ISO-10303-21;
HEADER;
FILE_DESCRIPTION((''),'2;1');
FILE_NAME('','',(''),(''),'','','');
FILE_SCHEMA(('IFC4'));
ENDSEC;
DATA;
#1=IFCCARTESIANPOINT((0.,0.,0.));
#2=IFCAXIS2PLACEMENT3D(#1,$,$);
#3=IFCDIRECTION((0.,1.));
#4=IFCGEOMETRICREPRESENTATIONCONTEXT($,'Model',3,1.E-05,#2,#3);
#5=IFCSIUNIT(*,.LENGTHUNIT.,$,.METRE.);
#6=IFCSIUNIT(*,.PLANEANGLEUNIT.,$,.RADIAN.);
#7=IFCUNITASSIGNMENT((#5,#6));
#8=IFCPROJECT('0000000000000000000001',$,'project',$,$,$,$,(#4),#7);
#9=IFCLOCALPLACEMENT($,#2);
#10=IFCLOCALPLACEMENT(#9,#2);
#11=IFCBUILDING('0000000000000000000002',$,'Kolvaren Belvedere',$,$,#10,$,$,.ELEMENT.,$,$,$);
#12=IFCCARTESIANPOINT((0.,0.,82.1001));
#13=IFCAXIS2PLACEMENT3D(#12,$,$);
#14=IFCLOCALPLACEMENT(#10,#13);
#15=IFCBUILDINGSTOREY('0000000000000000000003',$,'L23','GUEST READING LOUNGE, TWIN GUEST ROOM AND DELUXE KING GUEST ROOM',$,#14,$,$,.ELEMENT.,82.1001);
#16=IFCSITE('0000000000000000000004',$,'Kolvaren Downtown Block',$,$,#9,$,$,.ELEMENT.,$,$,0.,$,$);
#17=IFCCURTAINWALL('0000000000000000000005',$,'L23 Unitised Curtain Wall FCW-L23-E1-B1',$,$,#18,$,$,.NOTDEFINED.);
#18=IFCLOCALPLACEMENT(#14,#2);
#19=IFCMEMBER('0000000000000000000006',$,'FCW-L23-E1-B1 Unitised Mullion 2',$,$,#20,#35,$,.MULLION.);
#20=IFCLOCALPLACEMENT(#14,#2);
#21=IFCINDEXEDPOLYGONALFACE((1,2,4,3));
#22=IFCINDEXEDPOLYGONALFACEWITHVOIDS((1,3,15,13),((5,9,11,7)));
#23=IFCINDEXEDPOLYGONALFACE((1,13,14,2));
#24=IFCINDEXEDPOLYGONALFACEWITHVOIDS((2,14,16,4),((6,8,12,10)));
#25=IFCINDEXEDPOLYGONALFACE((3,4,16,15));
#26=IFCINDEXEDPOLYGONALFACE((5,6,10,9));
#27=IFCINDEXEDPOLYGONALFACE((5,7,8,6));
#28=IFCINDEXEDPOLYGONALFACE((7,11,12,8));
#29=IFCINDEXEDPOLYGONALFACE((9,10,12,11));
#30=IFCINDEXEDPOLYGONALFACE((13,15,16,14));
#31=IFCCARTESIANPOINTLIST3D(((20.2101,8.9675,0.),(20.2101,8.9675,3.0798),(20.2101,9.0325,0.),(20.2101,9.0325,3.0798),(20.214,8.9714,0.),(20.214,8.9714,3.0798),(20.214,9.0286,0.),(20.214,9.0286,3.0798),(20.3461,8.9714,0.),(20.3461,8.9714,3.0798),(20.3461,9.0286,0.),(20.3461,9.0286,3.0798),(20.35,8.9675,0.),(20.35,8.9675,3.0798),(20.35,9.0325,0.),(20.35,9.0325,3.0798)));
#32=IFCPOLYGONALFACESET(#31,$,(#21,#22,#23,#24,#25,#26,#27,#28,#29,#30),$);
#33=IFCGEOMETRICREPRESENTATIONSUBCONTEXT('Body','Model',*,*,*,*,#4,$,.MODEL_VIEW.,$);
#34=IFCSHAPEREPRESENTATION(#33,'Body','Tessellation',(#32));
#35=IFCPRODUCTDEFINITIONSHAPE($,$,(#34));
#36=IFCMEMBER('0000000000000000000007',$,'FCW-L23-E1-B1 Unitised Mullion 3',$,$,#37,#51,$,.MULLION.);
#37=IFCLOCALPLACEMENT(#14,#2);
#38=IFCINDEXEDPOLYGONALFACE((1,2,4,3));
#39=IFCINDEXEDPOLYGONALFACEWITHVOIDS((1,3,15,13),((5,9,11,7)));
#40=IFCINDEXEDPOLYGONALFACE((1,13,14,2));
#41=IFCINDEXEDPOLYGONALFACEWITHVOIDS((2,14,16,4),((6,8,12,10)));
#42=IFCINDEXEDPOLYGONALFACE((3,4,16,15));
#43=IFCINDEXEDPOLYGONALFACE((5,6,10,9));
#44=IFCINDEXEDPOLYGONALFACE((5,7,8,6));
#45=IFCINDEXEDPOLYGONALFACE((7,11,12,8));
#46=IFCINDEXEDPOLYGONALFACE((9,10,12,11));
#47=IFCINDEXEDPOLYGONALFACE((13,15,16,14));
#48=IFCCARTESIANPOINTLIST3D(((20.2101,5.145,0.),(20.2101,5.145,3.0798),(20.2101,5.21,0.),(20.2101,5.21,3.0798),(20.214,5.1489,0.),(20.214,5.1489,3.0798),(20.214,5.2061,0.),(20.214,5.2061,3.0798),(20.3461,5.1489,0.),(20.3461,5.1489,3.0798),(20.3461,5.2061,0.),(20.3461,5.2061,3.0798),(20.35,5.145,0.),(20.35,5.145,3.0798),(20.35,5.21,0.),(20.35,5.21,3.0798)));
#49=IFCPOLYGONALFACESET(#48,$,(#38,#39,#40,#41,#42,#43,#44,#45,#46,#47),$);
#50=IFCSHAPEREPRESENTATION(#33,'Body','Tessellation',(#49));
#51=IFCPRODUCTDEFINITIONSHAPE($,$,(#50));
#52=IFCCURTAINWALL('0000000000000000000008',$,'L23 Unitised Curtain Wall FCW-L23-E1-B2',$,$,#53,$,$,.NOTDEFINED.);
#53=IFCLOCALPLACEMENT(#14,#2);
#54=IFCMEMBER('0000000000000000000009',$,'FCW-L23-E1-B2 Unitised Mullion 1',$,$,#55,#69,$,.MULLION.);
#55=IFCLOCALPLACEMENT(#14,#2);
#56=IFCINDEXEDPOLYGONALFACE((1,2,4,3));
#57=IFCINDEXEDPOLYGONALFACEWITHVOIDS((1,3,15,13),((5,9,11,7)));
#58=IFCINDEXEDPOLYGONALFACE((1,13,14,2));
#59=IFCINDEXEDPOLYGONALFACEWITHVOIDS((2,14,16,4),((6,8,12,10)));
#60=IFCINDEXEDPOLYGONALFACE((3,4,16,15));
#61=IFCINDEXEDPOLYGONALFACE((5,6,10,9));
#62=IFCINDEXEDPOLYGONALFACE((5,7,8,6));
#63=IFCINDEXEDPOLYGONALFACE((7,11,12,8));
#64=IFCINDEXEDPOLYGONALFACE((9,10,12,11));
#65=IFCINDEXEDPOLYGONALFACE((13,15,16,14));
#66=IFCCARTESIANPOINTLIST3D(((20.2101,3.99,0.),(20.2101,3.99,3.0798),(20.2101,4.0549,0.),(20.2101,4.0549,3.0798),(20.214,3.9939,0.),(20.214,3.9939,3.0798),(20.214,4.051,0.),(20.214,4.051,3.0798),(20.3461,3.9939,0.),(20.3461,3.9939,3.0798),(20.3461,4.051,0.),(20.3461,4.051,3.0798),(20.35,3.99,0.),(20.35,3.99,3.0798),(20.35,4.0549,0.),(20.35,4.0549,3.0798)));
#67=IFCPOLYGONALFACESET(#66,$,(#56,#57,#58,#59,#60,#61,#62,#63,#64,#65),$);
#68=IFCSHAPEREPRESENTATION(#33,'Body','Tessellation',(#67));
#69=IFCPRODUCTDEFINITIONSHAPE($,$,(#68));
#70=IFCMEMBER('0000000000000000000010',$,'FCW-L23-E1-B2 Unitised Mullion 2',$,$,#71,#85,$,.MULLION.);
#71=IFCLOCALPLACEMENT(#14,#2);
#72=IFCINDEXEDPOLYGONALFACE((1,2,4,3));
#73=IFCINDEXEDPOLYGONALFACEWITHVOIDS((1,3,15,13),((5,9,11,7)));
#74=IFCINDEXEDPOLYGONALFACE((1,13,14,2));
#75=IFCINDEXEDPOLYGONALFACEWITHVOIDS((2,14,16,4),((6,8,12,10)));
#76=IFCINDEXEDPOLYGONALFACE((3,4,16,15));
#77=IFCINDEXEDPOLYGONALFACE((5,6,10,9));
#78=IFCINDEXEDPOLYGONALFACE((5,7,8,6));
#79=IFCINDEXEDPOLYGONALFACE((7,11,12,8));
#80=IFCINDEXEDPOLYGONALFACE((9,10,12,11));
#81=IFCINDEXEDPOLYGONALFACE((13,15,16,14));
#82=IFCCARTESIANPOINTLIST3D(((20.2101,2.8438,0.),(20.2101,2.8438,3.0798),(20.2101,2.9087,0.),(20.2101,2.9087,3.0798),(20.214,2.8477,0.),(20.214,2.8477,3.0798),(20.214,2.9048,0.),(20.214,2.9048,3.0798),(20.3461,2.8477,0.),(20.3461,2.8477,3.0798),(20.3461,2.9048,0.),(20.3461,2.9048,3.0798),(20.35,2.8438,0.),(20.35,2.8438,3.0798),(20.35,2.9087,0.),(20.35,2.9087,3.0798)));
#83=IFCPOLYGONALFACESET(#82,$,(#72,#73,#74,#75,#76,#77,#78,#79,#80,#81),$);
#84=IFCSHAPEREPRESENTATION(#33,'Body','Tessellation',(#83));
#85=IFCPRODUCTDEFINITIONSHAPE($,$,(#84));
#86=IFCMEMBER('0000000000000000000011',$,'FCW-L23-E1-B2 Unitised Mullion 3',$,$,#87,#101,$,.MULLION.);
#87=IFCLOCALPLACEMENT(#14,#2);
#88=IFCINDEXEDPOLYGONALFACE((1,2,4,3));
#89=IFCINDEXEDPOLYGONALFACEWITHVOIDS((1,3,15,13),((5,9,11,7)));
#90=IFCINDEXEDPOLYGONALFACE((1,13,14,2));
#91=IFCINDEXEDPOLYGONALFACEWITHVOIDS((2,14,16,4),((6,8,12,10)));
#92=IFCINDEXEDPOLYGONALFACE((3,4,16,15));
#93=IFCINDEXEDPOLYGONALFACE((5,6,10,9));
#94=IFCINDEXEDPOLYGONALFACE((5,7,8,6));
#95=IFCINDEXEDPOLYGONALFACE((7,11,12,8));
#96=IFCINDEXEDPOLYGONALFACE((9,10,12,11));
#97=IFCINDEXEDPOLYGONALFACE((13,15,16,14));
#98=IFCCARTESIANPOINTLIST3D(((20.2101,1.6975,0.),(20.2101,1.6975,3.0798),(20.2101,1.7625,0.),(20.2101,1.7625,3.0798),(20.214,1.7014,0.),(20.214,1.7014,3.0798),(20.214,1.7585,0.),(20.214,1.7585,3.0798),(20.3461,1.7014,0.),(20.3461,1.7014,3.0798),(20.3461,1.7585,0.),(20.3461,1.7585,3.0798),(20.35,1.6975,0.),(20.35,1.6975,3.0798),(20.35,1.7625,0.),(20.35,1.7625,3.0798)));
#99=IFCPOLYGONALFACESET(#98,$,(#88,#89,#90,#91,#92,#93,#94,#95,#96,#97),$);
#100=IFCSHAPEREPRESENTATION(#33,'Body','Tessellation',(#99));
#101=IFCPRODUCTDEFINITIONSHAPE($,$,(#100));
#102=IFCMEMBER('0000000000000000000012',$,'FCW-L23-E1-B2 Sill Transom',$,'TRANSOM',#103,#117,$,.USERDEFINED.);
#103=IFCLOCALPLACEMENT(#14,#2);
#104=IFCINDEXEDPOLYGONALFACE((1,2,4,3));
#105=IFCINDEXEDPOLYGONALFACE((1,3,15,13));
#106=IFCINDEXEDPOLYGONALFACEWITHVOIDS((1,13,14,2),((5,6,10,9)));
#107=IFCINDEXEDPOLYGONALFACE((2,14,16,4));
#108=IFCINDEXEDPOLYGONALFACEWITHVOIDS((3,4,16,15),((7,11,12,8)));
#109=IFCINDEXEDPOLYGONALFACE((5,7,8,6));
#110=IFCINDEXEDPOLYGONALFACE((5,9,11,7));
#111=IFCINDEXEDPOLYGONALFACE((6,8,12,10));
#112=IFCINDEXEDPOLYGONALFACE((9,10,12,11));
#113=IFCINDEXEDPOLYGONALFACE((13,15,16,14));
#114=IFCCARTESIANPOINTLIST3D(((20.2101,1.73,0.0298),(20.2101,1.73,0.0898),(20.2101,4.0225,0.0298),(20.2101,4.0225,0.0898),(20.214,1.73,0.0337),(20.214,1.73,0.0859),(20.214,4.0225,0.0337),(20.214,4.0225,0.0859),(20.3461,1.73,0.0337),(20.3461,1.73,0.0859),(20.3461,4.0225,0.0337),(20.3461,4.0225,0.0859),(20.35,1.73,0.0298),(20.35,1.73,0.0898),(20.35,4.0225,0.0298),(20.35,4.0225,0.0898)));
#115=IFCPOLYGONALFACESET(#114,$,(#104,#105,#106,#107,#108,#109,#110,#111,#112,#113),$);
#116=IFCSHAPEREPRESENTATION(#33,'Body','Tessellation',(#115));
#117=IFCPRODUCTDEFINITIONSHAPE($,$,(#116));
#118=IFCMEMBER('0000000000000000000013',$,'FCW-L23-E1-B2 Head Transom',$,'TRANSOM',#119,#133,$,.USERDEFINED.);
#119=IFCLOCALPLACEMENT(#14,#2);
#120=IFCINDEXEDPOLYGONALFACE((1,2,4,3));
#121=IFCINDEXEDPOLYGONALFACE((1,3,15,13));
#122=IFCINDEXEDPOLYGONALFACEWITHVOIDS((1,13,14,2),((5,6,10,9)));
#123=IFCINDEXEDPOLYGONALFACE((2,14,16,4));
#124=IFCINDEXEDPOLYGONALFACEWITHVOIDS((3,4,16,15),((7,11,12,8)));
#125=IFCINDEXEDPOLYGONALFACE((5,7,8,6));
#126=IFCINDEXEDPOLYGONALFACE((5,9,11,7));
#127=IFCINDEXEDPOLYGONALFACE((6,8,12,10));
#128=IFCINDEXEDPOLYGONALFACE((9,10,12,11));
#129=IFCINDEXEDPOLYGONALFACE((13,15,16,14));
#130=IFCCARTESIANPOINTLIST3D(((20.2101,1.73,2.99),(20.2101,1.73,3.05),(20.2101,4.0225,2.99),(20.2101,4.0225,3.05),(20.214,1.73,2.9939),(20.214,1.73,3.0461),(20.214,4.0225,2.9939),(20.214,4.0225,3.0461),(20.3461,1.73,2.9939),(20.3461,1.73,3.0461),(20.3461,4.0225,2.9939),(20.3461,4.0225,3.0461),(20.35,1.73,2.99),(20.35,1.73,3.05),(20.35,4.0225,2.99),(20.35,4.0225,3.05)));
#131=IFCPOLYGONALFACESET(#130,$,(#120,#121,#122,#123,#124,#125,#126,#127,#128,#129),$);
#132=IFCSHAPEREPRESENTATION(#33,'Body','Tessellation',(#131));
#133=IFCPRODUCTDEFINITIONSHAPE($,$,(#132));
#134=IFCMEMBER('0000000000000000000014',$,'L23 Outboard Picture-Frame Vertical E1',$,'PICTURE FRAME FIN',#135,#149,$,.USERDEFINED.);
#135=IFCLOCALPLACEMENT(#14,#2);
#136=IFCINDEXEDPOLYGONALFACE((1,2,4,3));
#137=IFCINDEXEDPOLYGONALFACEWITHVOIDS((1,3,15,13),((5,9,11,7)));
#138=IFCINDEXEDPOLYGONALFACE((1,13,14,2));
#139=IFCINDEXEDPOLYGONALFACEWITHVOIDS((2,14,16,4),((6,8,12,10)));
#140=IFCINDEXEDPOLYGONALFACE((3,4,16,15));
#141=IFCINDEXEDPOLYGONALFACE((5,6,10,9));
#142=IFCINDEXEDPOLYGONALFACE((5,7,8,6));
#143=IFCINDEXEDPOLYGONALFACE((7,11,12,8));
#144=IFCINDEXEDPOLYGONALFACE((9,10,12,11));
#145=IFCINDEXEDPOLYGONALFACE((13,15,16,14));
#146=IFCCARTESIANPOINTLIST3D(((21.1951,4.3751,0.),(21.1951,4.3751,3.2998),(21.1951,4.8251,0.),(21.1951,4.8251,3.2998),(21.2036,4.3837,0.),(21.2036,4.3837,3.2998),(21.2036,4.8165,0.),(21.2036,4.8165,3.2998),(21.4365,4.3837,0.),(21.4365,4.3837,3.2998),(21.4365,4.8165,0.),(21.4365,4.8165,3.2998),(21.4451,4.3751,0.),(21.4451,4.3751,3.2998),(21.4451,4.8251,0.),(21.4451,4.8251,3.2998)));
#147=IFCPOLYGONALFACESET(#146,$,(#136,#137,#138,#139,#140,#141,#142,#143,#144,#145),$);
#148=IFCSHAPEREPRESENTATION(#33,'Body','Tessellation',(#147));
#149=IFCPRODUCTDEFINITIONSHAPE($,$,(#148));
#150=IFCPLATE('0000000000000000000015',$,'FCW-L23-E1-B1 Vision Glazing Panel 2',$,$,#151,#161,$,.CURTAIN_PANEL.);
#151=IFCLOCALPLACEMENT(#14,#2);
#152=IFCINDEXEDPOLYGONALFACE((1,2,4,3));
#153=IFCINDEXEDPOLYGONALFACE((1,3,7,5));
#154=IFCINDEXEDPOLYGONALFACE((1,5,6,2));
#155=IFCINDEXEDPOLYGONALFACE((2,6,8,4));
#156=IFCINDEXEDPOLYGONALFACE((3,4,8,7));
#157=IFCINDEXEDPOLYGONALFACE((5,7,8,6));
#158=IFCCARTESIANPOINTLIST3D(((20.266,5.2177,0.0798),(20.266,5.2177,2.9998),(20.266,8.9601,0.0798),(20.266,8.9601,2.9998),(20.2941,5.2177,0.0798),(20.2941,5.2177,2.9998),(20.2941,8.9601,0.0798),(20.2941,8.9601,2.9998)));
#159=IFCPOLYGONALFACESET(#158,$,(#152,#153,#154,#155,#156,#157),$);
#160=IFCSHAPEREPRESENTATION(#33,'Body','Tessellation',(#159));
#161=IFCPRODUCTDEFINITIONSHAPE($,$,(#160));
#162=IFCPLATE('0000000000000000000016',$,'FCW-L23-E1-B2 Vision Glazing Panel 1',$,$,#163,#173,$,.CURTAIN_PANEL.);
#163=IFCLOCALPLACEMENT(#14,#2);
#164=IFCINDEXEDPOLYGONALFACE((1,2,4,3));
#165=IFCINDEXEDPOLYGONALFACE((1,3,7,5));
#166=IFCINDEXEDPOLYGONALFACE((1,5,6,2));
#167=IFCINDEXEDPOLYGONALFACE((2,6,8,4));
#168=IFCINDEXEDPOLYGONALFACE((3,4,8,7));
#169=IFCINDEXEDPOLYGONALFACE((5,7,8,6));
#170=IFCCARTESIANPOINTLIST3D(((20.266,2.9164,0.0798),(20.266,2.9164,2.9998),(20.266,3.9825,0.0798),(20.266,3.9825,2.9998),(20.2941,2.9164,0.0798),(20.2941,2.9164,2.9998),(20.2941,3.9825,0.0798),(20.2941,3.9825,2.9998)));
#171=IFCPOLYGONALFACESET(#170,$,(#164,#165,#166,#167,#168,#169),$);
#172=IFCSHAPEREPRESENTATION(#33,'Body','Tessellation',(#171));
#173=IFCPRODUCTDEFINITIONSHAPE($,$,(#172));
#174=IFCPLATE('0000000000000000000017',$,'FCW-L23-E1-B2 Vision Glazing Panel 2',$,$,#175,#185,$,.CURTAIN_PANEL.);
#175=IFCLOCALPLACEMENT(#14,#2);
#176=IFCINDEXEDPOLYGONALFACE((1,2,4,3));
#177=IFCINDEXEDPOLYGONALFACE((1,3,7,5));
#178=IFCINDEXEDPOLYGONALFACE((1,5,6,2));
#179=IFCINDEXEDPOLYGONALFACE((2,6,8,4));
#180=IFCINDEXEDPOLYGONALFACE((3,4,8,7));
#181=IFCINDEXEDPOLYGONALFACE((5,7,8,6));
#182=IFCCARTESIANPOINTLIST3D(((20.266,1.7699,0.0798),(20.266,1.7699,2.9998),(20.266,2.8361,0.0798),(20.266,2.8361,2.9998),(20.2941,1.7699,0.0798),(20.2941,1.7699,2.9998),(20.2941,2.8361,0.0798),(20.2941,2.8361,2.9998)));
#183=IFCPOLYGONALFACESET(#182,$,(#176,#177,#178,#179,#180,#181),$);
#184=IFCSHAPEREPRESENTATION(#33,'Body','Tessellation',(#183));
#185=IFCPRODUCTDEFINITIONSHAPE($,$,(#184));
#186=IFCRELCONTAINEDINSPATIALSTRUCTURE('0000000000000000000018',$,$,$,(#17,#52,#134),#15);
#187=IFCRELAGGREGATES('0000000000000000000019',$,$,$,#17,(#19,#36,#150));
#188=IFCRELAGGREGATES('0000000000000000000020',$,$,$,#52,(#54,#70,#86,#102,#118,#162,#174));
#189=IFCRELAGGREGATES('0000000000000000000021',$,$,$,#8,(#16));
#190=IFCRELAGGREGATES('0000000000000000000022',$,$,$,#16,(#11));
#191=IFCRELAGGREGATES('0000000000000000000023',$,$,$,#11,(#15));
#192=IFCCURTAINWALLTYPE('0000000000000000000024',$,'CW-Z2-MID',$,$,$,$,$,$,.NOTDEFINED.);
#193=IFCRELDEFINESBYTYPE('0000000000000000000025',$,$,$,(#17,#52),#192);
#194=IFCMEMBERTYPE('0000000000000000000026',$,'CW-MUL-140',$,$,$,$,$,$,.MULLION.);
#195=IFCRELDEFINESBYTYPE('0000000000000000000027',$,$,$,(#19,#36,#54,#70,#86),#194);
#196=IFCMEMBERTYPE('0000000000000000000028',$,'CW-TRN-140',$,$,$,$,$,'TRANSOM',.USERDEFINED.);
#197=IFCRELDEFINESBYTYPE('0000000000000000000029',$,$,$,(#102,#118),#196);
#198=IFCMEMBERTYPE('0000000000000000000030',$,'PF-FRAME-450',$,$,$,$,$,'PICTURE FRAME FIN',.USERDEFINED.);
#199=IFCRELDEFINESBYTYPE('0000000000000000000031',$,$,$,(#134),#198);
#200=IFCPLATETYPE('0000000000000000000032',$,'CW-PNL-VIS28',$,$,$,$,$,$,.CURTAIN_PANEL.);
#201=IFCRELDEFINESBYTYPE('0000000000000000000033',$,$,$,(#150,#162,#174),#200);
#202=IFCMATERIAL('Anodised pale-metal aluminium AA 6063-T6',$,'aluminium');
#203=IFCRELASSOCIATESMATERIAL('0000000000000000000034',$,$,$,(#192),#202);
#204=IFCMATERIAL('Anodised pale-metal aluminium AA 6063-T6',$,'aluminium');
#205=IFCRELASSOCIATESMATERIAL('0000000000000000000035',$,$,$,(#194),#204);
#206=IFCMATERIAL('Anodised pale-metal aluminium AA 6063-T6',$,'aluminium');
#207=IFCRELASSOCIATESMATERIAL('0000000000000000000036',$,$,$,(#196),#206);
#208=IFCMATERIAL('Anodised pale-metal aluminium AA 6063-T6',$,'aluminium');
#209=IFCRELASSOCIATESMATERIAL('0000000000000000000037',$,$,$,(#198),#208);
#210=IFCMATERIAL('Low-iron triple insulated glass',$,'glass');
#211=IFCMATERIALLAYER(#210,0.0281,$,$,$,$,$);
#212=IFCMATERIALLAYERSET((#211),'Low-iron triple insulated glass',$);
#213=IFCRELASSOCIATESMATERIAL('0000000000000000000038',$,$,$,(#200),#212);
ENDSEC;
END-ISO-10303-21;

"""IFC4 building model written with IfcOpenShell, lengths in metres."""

from ifc_helpers import new_model, si_unit, direction, frame, origin, origin_2d, place, context, subcontext, project, spatial, rectangle, hollow_rectangle, extrude, material, layer, layer_set, material_profile, profile_set, type_object, element, aggregate, save


model = new_model("IFC4")

# Units and contexts
model_context = context("Model", 3, precision=1e-05, world=origin(), true_north=direction((0.0, 1.0)))
body_context = subcontext(model_context, "Body", "Model", "MODEL_VIEW")
ifc_project = project(units=[si_unit("LENGTHUNIT", "METRE"), si_unit("PLANEANGLEUNIT", "RADIAN")], contexts=[model_context])

# Site, building, storey
site_placement = place(None, origin())
site = spatial("IfcSite", under=ifc_project, at=site_placement, Name="Kolvaren Downtown Block", CompositionType="ELEMENT", RefElevation=0.0)
building_placement = place(site_placement, origin())
building = spatial("IfcBuilding", under=site, at=building_placement, Name="Kolvaren Belvedere", CompositionType="ELEMENT")
storey_placement = place(building_placement, frame((0.0, 0.0, 82.1001)))
storey = spatial("IfcBuildingStorey", under=building, at=storey_placement, Name="L23", Description="GUEST READING LOUNGE, TWIN GUEST ROOM AND DELUXE KING GUEST ROOM", CompositionType="ELEMENT", Elevation=82.1001)

# Curtain walls, members
ifc_material_1 = material(Name="Anodised pale-metal aluminium AA 6063-T6", Category="aluminium")
curtain_wall_type = type_object("IfcCurtainWallType", Name="CW-Z2-MID", PredefinedType="NOTDEFINED", material=ifc_material_1)
curtain_wall_1_placement = place(storey_placement, origin())
curtain_wall_1 = element("IfcCurtainWall", 1, at=curtain_wall_1_placement, inside=storey, type_object=curtain_wall_type, Name="L23 Unitised Curtain Wall FCW-L23-E1-B1", PredefinedType="NOTDEFINED")
ifc_material_2 = material(Name="Anodised pale-metal aluminium AA 6063-T6", Category="aluminium")
ifc_material_profile_1 = material_profile(ifc_material_2, hollow_rectangle(XDim=0.0649, YDim=0.1399, WallThickness=0.0039, at=origin_2d()), Name="ALU-MUL-140X65")
ifc_profile_set_1 = profile_set([ifc_material_profile_1], Name="Anodised pale-metal aluminium AA 6063-T6")
member_type_1 = type_object("IfcMemberType", Name="CW-MUL-140", PredefinedType="MULLION", material=ifc_profile_set_1)
member_1_placement = place(storey_placement, frame((20.28, 9.0, 0.0), z_axis=(0.0, 0.0, 1.0), x_axis=(0.0, 1.0, 0.0)))
member_1 = element("IfcMember", 2, at=member_1_placement, type_object=member_type_1, Name="FCW-L23-E1-B1 Unitised Mullion 2", PredefinedType="MULLION", context=body_context, shape_type="SweptSolid", body=[
    extrude(hollow_rectangle(XDim=0.0649, YDim=0.1399, WallThickness=0.0039, at=origin_2d()), origin(), (0.0, 0.0, 1.0), 3.0798),
])
member_2_placement = place(storey_placement, frame((20.28, 5.1775, 0.0), z_axis=(0.0, 0.0, 1.0), x_axis=(0.0, 1.0, 0.0)))
member_2 = element("IfcMember", 3, at=member_2_placement, type_object=member_type_1, Name="FCW-L23-E1-B1 Unitised Mullion 3", PredefinedType="MULLION", context=body_context, shape_type="SweptSolid", body=[
    extrude(hollow_rectangle(XDim=0.0649, YDim=0.1399, WallThickness=0.0039, at=origin_2d()), origin(), (0.0, 0.0, 1.0), 3.0798),
])
curtain_wall_2_placement = place(storey_placement, origin())
curtain_wall_2 = element("IfcCurtainWall", 4, at=curtain_wall_2_placement, inside=storey, type_object=curtain_wall_type, Name="L23 Unitised Curtain Wall FCW-L23-E1-B2", PredefinedType="NOTDEFINED")
member_3_placement = place(storey_placement, frame((20.28, 4.0225, 0.0), z_axis=(0.0, 0.0, 1.0), x_axis=(0.0, 1.0, 0.0)))
member_3 = element("IfcMember", 5, at=member_3_placement, type_object=member_type_1, Name="FCW-L23-E1-B2 Unitised Mullion 1", PredefinedType="MULLION", context=body_context, shape_type="SweptSolid", body=[
    extrude(hollow_rectangle(XDim=0.0649, YDim=0.1399, WallThickness=0.0039, at=origin_2d()), origin(), (0.0, 0.0, 1.0), 3.0798),
])
member_4_placement = place(storey_placement, frame((20.28, 2.8762, 0.0), z_axis=(0.0, 0.0, 1.0), x_axis=(0.0, 1.0, 0.0)))
member_4 = element("IfcMember", 6, at=member_4_placement, type_object=member_type_1, Name="FCW-L23-E1-B2 Unitised Mullion 2", PredefinedType="MULLION", context=body_context, shape_type="SweptSolid", body=[
    extrude(hollow_rectangle(XDim=0.0649, YDim=0.1399, WallThickness=0.0039, at=origin_2d()), origin(), (0.0, 0.0, 1.0), 3.0798),
])
member_5_placement = place(storey_placement, frame((20.28, 1.73, 0.0), z_axis=(0.0, 0.0, 1.0), x_axis=(0.0, 1.0, 0.0)))
member_5 = element("IfcMember", 7, at=member_5_placement, type_object=member_type_1, Name="FCW-L23-E1-B2 Unitised Mullion 3", PredefinedType="MULLION", context=body_context, shape_type="SweptSolid", body=[
    extrude(hollow_rectangle(XDim=0.0649, YDim=0.1399, WallThickness=0.0039, at=origin_2d()), origin(), (0.0, 0.0, 1.0), 3.0798),
])
ifc_material_3 = material(Name="Anodised pale-metal aluminium AA 6063-T6", Category="aluminium")
ifc_material_profile_2 = material_profile(ifc_material_3, hollow_rectangle(XDim=0.0601, YDim=0.1399, WallThickness=0.0039, at=origin_2d()), Name="ALU-TRN-140X60")
ifc_profile_set_2 = profile_set([ifc_material_profile_2], Name="Anodised pale-metal aluminium AA 6063-T6")
member_type_2 = type_object("IfcMemberType", Name="CW-TRN-140", ElementType="TRANSOM", PredefinedType="USERDEFINED", material=ifc_profile_set_2)
member_6_placement = place(storey_placement, frame((20.28, 4.0225, 0.0598), z_axis=(0.0, -1.0, 0.0), x_axis=(0.0, 0.0, 1.0)))
member_6 = element("IfcMember", 8, at=member_6_placement, type_object=member_type_2, Name="FCW-L23-E1-B2 Sill Transom", ObjectType="TRANSOM", PredefinedType="USERDEFINED", context=body_context, shape_type="SweptSolid", body=[
    extrude(hollow_rectangle(XDim=0.0601, YDim=0.1399, WallThickness=0.0039, at=origin_2d()), origin(), (0.0, 0.0, 1.0), 2.2925),
])
member_7_placement = place(storey_placement, frame((20.28, 4.0225, 3.02), z_axis=(0.0, -1.0, 0.0), x_axis=(0.0, 0.0, 1.0)))
member_7 = element("IfcMember", 9, at=member_7_placement, type_object=member_type_2, Name="FCW-L23-E1-B2 Head Transom", ObjectType="TRANSOM", PredefinedType="USERDEFINED", context=body_context, shape_type="SweptSolid", body=[
    extrude(hollow_rectangle(XDim=0.0601, YDim=0.1399, WallThickness=0.0039, at=origin_2d()), origin(), (0.0, 0.0, 1.0), 2.2925),
])

# Member
ifc_material_4 = material(Name="Anodised pale-metal aluminium AA 6063-T6", Category="aluminium")
ifc_material_profile_3 = material_profile(ifc_material_4, hollow_rectangle(XDim=0.25, YDim=0.45, WallThickness=0.0085, at=origin_2d()), Name="ALU-PF-450X250")
ifc_profile_set_3 = profile_set([ifc_material_profile_3], Name="Anodised pale-metal aluminium AA 6063-T6")
member_type_3 = type_object("IfcMemberType", Name="PF-FRAME-450", ElementType="PICTURE FRAME FIN", PredefinedType="USERDEFINED", material=ifc_profile_set_3)
member_8_placement = place(storey_placement, frame((21.3201, 4.6001, 0.0), z_axis=(0.0, 0.0, 1.0), x_axis=(1.0, 0.0, 0.0)))
element("IfcMember", 10, at=member_8_placement, inside=storey, type_object=member_type_3, Name="L23 Outboard Picture-Frame Vertical E1", ObjectType="PICTURE FRAME FIN", PredefinedType="USERDEFINED", context=body_context, shape_type="SweptSolid", body=[
    extrude(hollow_rectangle(XDim=0.25, YDim=0.45, WallThickness=0.0085, at=origin_2d()), origin(), (0.0, 0.0, 1.0), 3.2998),
])

# Plates
ifc_material_5 = material(Name="Low-iron triple insulated glass", Category="glass")
ifc_layer_1 = layer(ifc_material_5, 0.0281)
ifc_layer_set_1 = layer_set([ifc_layer_1], Name="Low-iron triple insulated glass")
plate_type_1 = type_object("IfcPlateType", Name="CW-PNL-VIS28", PredefinedType="CURTAIN_PANEL", material=ifc_layer_set_1)
plate_1_placement = place(storey_placement, frame((20.28, 7.0889, 0.0798), z_axis=(0.0, 0.0, 1.0), x_axis=(0.0, -1.0, 0.0)))
plate_1 = element("IfcPlate", 11, at=plate_1_placement, type_object=plate_type_1, Name="FCW-L23-E1-B1 Vision Glazing Panel 2", PredefinedType="CURTAIN_PANEL", context=body_context, shape_type="SweptSolid", body=[
    extrude(rectangle(XDim=3.7424, YDim=0.0281, at=origin_2d()), origin(), (0.0, 0.0, 1.0), 2.9199),
])
aggregate(curtain_wall_1, [member_1, member_2, plate_1])
plate_2_placement = place(storey_placement, frame((20.28, 3.4495, 0.0798), z_axis=(0.0, 0.0, 1.0), x_axis=(0.0, -1.0, 0.0)))
plate_2 = element("IfcPlate", 12, at=plate_2_placement, type_object=plate_type_1, Name="FCW-L23-E1-B2 Vision Glazing Panel 1", PredefinedType="CURTAIN_PANEL", context=body_context, shape_type="SweptSolid", body=[
    extrude(rectangle(XDim=1.0662, YDim=0.0281, at=origin_2d()), origin(), (0.0, 0.0, 1.0), 2.9199),
])
plate_3_placement = place(storey_placement, frame((20.28, 2.303, 0.0798), z_axis=(0.0, 0.0, 1.0), x_axis=(0.0, -1.0, 0.0)))
plate_3 = element("IfcPlate", 13, at=plate_3_placement, type_object=plate_type_1, Name="FCW-L23-E1-B2 Vision Glazing Panel 2", PredefinedType="CURTAIN_PANEL", context=body_context, shape_type="SweptSolid", body=[
    extrude(rectangle(XDim=1.0662, YDim=0.0281, at=origin_2d()), origin(), (0.0, 0.0, 1.0), 2.9199),
])
aggregate(curtain_wall_2, [member_3, member_4, member_5, member_6, member_7, plate_2, plate_3])

save(model, "model.ifc")
